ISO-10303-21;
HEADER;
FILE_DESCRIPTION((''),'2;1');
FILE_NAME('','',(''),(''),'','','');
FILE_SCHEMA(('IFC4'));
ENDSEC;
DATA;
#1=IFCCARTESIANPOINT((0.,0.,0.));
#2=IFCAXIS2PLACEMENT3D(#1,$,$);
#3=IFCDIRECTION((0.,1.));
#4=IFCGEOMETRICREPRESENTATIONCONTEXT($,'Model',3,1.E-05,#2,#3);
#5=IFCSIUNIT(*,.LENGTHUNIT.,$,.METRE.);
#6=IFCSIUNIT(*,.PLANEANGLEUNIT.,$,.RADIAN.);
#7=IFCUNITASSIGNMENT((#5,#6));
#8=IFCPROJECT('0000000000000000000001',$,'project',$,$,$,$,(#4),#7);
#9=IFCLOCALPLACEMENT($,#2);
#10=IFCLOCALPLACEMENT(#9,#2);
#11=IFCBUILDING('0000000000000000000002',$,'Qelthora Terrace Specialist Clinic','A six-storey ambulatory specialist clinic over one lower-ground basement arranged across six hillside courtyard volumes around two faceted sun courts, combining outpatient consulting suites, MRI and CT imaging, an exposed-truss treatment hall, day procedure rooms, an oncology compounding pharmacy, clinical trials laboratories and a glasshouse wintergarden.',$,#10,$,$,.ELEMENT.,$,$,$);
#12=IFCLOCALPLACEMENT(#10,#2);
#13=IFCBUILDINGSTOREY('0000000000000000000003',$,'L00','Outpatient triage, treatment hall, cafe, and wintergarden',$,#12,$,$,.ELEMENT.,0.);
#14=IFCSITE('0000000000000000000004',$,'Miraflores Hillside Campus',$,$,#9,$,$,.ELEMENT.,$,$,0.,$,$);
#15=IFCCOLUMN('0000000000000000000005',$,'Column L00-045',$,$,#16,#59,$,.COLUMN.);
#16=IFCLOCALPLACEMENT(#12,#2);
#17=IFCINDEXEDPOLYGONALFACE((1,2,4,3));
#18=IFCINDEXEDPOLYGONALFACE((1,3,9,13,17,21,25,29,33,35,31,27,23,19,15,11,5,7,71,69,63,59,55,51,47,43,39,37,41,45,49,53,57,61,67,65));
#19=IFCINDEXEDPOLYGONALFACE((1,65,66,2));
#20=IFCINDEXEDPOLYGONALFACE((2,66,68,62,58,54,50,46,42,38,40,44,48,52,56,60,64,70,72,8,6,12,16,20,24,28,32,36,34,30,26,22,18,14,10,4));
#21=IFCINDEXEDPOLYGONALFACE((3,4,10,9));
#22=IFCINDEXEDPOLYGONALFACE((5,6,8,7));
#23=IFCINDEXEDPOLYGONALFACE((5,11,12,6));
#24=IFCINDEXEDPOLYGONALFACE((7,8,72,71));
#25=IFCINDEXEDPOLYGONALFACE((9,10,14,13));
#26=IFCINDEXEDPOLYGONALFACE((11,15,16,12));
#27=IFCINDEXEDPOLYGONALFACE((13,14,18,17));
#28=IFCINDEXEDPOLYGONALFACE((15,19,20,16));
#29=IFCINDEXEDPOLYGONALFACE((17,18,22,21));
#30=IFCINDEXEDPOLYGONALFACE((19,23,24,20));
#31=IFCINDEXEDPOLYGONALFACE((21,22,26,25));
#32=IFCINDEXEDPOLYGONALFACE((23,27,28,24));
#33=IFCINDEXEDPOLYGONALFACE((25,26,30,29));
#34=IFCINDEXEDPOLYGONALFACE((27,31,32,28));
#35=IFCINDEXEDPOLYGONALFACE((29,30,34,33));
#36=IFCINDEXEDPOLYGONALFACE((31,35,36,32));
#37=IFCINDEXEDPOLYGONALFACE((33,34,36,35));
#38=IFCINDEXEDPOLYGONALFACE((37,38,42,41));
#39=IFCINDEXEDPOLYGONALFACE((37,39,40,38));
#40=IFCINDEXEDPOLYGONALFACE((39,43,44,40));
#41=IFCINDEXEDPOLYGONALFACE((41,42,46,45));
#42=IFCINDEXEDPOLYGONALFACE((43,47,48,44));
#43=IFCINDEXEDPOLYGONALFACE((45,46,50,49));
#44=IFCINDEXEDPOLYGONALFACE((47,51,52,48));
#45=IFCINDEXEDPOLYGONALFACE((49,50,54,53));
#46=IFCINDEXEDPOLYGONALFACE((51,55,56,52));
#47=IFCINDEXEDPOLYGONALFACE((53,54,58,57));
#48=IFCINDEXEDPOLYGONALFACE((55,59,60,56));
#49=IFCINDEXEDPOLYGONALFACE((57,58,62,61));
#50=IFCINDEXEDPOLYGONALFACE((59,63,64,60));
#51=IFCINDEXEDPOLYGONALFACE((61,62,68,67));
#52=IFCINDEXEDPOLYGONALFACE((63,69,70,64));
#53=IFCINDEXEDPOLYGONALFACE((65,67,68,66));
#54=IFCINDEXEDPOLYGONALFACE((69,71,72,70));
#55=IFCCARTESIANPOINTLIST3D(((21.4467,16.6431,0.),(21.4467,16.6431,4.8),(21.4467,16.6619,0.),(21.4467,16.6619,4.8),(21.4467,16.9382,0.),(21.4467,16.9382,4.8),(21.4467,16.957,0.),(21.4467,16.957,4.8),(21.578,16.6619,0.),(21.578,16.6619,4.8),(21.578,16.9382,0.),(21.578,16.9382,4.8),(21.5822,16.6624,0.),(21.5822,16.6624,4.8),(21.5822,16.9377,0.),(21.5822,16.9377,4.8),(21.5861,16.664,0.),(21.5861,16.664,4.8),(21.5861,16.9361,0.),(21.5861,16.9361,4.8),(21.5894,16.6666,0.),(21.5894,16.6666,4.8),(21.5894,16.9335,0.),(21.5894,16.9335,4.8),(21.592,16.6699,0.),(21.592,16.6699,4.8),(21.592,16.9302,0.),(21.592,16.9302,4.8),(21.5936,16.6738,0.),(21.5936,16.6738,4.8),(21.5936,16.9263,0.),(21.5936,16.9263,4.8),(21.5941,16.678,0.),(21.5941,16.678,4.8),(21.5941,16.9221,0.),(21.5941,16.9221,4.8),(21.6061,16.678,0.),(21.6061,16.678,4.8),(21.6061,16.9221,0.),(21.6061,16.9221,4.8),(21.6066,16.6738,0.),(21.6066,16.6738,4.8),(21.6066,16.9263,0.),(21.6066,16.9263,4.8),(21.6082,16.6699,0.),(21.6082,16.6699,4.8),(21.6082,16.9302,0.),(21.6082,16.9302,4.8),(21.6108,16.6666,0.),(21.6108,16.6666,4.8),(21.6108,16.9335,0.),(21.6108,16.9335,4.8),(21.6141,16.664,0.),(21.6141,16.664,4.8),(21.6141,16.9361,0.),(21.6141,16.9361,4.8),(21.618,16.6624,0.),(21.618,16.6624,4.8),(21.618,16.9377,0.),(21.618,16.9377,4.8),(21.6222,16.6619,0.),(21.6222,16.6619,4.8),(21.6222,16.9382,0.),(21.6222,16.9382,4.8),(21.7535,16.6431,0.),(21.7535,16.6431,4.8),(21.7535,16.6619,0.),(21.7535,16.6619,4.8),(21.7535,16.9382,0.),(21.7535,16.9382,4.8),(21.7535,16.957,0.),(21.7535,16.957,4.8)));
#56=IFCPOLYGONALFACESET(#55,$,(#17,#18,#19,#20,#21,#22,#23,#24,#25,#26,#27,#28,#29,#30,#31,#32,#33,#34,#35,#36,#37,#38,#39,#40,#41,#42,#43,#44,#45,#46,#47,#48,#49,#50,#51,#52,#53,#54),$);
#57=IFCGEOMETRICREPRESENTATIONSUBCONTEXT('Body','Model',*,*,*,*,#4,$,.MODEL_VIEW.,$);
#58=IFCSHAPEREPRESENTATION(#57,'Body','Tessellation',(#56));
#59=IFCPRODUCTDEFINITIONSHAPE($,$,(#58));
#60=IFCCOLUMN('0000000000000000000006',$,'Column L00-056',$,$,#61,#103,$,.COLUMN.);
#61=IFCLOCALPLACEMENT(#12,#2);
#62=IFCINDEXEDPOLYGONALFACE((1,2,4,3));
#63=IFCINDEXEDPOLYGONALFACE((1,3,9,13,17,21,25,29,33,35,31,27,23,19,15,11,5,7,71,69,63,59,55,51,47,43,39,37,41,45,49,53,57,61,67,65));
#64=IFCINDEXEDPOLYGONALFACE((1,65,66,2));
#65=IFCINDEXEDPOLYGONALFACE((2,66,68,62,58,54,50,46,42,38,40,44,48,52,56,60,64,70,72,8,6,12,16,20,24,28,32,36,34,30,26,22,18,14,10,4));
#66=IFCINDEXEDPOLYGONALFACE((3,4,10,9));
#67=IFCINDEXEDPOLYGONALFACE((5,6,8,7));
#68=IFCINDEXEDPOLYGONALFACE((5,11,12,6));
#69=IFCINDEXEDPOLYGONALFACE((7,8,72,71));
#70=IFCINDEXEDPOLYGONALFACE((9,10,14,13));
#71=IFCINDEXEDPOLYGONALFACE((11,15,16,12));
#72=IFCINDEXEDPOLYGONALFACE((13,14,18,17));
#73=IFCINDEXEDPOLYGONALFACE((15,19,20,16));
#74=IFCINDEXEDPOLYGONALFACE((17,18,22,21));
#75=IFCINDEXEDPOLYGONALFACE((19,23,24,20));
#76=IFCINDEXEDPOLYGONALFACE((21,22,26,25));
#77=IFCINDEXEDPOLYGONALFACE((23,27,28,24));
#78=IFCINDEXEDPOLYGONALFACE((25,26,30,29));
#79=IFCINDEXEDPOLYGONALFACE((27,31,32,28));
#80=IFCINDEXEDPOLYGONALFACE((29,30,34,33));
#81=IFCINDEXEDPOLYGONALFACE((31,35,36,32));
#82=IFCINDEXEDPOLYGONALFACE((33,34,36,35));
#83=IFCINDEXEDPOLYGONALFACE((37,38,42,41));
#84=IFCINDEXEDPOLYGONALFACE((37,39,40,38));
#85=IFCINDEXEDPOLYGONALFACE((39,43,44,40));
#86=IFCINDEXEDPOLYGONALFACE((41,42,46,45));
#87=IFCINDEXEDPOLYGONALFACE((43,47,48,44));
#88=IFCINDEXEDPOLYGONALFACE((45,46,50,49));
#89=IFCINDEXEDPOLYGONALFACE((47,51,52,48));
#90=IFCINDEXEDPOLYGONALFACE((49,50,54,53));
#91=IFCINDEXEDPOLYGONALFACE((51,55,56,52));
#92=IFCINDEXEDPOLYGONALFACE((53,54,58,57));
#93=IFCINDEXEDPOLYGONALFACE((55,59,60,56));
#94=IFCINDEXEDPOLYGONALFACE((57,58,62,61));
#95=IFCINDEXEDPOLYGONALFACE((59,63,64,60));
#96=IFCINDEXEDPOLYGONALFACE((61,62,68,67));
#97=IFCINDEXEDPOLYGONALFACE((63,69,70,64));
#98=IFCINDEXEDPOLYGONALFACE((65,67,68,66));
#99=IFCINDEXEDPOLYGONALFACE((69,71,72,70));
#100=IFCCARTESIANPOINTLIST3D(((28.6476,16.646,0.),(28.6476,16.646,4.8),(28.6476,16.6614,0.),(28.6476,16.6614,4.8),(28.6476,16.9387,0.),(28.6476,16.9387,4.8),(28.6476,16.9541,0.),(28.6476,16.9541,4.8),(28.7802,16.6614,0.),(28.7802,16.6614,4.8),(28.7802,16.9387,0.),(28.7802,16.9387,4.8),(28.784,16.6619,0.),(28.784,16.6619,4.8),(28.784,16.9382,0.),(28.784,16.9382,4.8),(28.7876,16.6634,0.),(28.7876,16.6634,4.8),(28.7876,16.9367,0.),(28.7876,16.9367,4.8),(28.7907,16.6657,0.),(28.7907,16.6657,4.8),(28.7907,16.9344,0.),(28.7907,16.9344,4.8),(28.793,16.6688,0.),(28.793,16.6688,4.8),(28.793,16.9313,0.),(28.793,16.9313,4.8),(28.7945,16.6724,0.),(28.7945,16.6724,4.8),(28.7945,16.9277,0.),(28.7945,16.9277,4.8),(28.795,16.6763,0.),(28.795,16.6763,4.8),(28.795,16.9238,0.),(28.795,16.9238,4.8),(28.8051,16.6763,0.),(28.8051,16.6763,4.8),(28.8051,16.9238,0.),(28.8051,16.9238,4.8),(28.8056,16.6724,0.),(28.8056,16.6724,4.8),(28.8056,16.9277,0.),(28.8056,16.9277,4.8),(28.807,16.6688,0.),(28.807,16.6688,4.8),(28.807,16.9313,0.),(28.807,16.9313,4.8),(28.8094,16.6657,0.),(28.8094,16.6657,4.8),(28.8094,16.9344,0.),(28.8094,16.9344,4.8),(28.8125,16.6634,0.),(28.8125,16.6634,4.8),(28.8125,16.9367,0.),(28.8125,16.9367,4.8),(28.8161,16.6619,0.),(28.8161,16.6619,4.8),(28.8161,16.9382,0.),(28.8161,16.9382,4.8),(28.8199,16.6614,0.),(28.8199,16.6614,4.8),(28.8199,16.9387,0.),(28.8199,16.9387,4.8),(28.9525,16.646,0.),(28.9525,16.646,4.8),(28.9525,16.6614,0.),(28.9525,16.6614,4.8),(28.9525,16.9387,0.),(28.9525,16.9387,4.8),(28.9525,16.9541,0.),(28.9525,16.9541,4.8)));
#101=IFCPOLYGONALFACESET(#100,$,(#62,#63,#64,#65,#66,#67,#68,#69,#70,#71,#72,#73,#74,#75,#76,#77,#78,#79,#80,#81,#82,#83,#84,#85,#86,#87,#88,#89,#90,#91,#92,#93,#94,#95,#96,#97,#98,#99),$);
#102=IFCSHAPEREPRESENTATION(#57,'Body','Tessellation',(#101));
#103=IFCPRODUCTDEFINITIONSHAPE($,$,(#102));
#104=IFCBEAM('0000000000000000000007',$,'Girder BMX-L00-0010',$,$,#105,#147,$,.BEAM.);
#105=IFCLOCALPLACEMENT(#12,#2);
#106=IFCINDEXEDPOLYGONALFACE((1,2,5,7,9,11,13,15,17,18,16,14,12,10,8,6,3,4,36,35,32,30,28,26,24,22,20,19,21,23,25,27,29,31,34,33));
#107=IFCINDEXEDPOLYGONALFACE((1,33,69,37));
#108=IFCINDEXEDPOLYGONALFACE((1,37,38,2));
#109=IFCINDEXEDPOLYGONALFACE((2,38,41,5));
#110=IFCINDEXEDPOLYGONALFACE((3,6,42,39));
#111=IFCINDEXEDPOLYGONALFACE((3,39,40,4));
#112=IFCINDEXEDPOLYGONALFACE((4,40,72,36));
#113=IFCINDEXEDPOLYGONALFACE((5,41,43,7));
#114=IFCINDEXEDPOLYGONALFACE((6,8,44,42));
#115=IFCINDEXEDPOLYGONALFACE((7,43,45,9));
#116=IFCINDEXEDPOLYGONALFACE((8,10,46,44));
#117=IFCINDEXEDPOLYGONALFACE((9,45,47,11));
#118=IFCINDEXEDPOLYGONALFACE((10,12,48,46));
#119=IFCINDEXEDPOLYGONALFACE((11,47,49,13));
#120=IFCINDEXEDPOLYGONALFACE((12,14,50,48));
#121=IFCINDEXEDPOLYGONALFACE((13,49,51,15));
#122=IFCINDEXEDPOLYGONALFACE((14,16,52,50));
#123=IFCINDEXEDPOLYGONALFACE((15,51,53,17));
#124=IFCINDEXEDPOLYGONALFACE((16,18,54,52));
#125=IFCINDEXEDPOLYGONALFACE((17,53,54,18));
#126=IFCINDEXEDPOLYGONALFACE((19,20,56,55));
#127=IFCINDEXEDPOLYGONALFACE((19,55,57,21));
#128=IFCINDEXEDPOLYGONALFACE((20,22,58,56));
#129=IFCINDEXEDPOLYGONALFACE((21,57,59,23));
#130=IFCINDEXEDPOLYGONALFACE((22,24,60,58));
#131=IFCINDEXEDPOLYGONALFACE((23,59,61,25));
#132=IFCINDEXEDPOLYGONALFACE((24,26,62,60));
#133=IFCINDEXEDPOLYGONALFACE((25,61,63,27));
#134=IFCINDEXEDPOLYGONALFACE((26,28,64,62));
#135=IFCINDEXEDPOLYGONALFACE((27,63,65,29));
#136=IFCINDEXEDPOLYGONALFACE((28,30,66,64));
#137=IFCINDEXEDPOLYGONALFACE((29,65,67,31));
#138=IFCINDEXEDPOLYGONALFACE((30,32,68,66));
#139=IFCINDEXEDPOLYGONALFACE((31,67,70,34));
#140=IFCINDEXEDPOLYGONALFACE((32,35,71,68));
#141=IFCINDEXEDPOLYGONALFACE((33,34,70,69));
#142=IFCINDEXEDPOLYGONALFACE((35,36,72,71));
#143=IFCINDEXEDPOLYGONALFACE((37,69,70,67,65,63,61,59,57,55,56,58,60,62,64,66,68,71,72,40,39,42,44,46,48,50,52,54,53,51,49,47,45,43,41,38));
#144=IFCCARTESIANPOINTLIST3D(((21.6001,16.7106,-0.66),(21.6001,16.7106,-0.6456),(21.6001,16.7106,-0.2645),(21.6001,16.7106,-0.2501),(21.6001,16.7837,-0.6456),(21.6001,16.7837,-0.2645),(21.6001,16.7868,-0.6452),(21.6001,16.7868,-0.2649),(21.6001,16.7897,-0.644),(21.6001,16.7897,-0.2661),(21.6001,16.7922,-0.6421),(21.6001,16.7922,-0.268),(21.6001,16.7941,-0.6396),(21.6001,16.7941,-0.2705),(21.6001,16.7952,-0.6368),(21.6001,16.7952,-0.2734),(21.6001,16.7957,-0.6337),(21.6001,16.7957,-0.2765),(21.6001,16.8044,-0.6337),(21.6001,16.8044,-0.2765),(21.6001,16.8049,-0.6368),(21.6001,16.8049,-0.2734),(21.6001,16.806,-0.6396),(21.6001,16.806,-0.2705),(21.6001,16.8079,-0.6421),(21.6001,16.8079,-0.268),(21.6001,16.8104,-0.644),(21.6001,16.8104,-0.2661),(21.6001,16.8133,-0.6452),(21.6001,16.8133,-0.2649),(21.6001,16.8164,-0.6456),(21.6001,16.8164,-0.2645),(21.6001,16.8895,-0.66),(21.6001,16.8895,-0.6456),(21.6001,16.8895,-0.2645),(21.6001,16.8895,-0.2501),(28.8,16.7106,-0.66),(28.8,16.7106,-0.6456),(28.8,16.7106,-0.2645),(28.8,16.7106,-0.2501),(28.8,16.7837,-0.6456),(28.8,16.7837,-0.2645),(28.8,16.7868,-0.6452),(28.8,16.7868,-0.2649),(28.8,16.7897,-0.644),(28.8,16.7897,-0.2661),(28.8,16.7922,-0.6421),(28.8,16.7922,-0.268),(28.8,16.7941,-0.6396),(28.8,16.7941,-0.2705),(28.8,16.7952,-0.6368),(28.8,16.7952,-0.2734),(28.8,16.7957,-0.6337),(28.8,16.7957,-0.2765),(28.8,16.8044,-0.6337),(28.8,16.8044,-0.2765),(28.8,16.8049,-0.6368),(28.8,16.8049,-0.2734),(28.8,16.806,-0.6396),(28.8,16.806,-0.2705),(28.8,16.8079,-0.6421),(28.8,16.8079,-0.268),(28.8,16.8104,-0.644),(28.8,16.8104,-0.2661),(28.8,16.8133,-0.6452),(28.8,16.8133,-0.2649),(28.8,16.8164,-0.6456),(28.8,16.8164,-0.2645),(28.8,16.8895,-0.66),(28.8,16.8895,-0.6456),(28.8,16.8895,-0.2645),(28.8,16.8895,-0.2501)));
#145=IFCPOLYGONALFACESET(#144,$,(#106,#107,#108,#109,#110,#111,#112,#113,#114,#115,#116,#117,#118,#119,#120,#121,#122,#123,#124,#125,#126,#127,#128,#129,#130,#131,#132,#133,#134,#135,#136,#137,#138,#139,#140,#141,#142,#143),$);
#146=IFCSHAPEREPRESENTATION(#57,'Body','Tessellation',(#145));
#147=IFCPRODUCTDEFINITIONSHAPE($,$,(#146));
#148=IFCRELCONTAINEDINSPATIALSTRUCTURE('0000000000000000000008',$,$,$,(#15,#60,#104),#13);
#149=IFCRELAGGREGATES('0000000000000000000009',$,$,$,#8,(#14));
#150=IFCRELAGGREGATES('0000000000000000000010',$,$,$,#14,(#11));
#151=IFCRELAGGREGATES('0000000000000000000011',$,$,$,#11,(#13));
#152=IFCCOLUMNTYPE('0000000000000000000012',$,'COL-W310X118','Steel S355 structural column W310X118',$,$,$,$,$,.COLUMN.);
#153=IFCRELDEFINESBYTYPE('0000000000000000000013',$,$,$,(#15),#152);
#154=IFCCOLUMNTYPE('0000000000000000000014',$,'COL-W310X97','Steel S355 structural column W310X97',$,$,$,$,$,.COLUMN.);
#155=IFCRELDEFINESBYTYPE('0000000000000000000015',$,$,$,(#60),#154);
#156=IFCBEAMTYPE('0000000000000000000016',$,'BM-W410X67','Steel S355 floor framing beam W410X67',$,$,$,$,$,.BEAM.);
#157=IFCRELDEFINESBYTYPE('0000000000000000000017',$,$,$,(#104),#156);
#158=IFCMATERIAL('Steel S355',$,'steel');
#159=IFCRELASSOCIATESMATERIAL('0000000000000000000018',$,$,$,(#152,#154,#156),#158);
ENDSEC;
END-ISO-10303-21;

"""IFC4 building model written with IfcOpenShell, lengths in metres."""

from ifc_helpers import new_model, si_unit, direction, frame, origin, origin_2d, place, context, subcontext, project, spatial, i_section, extrude, material, material_profile, profile_set, type_object, element, save


model = new_model("IFC4")

# Units and contexts
model_context = context("Model", 3, precision=1e-05, world=origin(), true_north=direction((0.0, 1.0)))
body_context = subcontext(model_context, "Body", "Model", "MODEL_VIEW")
ifc_project = project(units=[si_unit("LENGTHUNIT", "METRE"), si_unit("PLANEANGLEUNIT", "RADIAN")], contexts=[model_context])

# Site, building, storey
site_placement = place(None, origin())
site = spatial("IfcSite", under=ifc_project, at=site_placement, Name="Miraflores Hillside Campus", CompositionType="ELEMENT", RefElevation=0.0)
building_placement = place(site_placement, origin())
building = spatial("IfcBuilding", under=site, at=building_placement, Name="Qelthora Terrace Specialist Clinic", Description="A six-storey ambulatory specialist clinic over one lower-ground basement arranged across six hillside courtyard volumes around two faceted sun courts, combining outpatient consulting suites, MRI and CT imaging, an exposed-truss treatment hall, day procedure rooms, an oncology compounding pharmacy, clinical trials laboratories and a glasshouse wintergarden.", CompositionType="ELEMENT")
storey_placement = place(building_placement, origin())
storey = spatial("IfcBuildingStorey", under=building, at=storey_placement, Name="L00", Description="Outpatient triage, treatment hall, cafe, and wintergarden", CompositionType="ELEMENT", Elevation=0.0)

# Columns
ifc_material_1 = material(Name="Steel S355", Category="steel")
ifc_material_profile_1 = material_profile(ifc_material_1, i_section(OverallWidth=0.3069, OverallDepth=0.314, WebThickness=0.012, FlangeThickness=0.0188, FilletRadius=0.0161, at=origin_2d()), Name="W310X118")
ifc_profile_set_1 = profile_set([ifc_material_profile_1], Name="Steel S355")
column_type_1 = type_object("IfcColumnType", Name="COL-W310X118", Description="Steel S355 structural column W310X118", PredefinedType="COLUMN", material=ifc_profile_set_1)
column_1_placement = place(storey_placement, frame((21.6001, 16.8, 0.0), z_axis=(0.0, 0.0, 1.0), x_axis=(1.0, 0.0, 0.0)))
element("IfcColumn", 1, at=column_1_placement, inside=storey, type_object=column_type_1, Name="Column L00-045", PredefinedType="COLUMN", context=body_context, shape_type="SweptSolid", body=[
    extrude(i_section(OverallWidth=0.3069, OverallDepth=0.314, WebThickness=0.012, FlangeThickness=0.0188, FilletRadius=0.0161, at=origin_2d()), origin(), (0.0, 0.0, 1.0), 4.8),
])
ifc_material_profile_2 = material_profile(ifc_material_1, i_section(OverallWidth=0.3049, OverallDepth=0.3081, WebThickness=0.01, FlangeThickness=0.0154, FilletRadius=0.0149, at=origin_2d()), Name="W310X97")
ifc_profile_set_2 = profile_set([ifc_material_profile_2], Name="Steel S355")
column_type_2 = type_object("IfcColumnType", Name="COL-W310X97", Description="Steel S355 structural column W310X97", PredefinedType="COLUMN", material=ifc_profile_set_2)
column_2_placement = place(storey_placement, frame((28.8, 16.8, 0.0), z_axis=(0.0, 0.0, 1.0), x_axis=(1.0, 0.0, 0.0)))
element("IfcColumn", 2, at=column_2_placement, inside=storey, type_object=column_type_2, Name="Column L00-056", PredefinedType="COLUMN", context=body_context, shape_type="SweptSolid", body=[
    extrude(i_section(OverallWidth=0.3049, OverallDepth=0.3081, WebThickness=0.01, FlangeThickness=0.0154, FilletRadius=0.0149, at=origin_2d()), origin(), (0.0, 0.0, 1.0), 4.8),
])

# Beam
ifc_material_profile_3 = material_profile(ifc_material_1, i_section(OverallWidth=0.179, OverallDepth=0.4099, WebThickness=0.0088, FlangeThickness=0.0144, FilletRadius=0.012, at=origin_2d()), Name="W410X67")
ifc_profile_set_3 = profile_set([ifc_material_profile_3], Name="Steel S355")
beam_type_1 = type_object("IfcBeamType", Name="BM-W410X67", Description="Steel S355 floor framing beam W410X67", PredefinedType="BEAM", material=ifc_profile_set_3)
beam_1_placement = place(storey_placement, frame((21.6001, 16.8, -0.4551), z_axis=(1.0, 0.0, 0.0), x_axis=(0.0, 1.0, 0.0)))
element("IfcBeam", 3, at=beam_1_placement, inside=storey, type_object=beam_type_1, Name="Girder BMX-L00-0010", PredefinedType="BEAM", context=body_context, shape_type="SweptSolid", body=[
    extrude(i_section(OverallWidth=0.179, OverallDepth=0.4099, WebThickness=0.0088, FlangeThickness=0.0144, FilletRadius=0.012, at=origin_2d()), origin(), (0.0, 0.0, 1.0), 7.2),
])

save(model, "model.ifc")
